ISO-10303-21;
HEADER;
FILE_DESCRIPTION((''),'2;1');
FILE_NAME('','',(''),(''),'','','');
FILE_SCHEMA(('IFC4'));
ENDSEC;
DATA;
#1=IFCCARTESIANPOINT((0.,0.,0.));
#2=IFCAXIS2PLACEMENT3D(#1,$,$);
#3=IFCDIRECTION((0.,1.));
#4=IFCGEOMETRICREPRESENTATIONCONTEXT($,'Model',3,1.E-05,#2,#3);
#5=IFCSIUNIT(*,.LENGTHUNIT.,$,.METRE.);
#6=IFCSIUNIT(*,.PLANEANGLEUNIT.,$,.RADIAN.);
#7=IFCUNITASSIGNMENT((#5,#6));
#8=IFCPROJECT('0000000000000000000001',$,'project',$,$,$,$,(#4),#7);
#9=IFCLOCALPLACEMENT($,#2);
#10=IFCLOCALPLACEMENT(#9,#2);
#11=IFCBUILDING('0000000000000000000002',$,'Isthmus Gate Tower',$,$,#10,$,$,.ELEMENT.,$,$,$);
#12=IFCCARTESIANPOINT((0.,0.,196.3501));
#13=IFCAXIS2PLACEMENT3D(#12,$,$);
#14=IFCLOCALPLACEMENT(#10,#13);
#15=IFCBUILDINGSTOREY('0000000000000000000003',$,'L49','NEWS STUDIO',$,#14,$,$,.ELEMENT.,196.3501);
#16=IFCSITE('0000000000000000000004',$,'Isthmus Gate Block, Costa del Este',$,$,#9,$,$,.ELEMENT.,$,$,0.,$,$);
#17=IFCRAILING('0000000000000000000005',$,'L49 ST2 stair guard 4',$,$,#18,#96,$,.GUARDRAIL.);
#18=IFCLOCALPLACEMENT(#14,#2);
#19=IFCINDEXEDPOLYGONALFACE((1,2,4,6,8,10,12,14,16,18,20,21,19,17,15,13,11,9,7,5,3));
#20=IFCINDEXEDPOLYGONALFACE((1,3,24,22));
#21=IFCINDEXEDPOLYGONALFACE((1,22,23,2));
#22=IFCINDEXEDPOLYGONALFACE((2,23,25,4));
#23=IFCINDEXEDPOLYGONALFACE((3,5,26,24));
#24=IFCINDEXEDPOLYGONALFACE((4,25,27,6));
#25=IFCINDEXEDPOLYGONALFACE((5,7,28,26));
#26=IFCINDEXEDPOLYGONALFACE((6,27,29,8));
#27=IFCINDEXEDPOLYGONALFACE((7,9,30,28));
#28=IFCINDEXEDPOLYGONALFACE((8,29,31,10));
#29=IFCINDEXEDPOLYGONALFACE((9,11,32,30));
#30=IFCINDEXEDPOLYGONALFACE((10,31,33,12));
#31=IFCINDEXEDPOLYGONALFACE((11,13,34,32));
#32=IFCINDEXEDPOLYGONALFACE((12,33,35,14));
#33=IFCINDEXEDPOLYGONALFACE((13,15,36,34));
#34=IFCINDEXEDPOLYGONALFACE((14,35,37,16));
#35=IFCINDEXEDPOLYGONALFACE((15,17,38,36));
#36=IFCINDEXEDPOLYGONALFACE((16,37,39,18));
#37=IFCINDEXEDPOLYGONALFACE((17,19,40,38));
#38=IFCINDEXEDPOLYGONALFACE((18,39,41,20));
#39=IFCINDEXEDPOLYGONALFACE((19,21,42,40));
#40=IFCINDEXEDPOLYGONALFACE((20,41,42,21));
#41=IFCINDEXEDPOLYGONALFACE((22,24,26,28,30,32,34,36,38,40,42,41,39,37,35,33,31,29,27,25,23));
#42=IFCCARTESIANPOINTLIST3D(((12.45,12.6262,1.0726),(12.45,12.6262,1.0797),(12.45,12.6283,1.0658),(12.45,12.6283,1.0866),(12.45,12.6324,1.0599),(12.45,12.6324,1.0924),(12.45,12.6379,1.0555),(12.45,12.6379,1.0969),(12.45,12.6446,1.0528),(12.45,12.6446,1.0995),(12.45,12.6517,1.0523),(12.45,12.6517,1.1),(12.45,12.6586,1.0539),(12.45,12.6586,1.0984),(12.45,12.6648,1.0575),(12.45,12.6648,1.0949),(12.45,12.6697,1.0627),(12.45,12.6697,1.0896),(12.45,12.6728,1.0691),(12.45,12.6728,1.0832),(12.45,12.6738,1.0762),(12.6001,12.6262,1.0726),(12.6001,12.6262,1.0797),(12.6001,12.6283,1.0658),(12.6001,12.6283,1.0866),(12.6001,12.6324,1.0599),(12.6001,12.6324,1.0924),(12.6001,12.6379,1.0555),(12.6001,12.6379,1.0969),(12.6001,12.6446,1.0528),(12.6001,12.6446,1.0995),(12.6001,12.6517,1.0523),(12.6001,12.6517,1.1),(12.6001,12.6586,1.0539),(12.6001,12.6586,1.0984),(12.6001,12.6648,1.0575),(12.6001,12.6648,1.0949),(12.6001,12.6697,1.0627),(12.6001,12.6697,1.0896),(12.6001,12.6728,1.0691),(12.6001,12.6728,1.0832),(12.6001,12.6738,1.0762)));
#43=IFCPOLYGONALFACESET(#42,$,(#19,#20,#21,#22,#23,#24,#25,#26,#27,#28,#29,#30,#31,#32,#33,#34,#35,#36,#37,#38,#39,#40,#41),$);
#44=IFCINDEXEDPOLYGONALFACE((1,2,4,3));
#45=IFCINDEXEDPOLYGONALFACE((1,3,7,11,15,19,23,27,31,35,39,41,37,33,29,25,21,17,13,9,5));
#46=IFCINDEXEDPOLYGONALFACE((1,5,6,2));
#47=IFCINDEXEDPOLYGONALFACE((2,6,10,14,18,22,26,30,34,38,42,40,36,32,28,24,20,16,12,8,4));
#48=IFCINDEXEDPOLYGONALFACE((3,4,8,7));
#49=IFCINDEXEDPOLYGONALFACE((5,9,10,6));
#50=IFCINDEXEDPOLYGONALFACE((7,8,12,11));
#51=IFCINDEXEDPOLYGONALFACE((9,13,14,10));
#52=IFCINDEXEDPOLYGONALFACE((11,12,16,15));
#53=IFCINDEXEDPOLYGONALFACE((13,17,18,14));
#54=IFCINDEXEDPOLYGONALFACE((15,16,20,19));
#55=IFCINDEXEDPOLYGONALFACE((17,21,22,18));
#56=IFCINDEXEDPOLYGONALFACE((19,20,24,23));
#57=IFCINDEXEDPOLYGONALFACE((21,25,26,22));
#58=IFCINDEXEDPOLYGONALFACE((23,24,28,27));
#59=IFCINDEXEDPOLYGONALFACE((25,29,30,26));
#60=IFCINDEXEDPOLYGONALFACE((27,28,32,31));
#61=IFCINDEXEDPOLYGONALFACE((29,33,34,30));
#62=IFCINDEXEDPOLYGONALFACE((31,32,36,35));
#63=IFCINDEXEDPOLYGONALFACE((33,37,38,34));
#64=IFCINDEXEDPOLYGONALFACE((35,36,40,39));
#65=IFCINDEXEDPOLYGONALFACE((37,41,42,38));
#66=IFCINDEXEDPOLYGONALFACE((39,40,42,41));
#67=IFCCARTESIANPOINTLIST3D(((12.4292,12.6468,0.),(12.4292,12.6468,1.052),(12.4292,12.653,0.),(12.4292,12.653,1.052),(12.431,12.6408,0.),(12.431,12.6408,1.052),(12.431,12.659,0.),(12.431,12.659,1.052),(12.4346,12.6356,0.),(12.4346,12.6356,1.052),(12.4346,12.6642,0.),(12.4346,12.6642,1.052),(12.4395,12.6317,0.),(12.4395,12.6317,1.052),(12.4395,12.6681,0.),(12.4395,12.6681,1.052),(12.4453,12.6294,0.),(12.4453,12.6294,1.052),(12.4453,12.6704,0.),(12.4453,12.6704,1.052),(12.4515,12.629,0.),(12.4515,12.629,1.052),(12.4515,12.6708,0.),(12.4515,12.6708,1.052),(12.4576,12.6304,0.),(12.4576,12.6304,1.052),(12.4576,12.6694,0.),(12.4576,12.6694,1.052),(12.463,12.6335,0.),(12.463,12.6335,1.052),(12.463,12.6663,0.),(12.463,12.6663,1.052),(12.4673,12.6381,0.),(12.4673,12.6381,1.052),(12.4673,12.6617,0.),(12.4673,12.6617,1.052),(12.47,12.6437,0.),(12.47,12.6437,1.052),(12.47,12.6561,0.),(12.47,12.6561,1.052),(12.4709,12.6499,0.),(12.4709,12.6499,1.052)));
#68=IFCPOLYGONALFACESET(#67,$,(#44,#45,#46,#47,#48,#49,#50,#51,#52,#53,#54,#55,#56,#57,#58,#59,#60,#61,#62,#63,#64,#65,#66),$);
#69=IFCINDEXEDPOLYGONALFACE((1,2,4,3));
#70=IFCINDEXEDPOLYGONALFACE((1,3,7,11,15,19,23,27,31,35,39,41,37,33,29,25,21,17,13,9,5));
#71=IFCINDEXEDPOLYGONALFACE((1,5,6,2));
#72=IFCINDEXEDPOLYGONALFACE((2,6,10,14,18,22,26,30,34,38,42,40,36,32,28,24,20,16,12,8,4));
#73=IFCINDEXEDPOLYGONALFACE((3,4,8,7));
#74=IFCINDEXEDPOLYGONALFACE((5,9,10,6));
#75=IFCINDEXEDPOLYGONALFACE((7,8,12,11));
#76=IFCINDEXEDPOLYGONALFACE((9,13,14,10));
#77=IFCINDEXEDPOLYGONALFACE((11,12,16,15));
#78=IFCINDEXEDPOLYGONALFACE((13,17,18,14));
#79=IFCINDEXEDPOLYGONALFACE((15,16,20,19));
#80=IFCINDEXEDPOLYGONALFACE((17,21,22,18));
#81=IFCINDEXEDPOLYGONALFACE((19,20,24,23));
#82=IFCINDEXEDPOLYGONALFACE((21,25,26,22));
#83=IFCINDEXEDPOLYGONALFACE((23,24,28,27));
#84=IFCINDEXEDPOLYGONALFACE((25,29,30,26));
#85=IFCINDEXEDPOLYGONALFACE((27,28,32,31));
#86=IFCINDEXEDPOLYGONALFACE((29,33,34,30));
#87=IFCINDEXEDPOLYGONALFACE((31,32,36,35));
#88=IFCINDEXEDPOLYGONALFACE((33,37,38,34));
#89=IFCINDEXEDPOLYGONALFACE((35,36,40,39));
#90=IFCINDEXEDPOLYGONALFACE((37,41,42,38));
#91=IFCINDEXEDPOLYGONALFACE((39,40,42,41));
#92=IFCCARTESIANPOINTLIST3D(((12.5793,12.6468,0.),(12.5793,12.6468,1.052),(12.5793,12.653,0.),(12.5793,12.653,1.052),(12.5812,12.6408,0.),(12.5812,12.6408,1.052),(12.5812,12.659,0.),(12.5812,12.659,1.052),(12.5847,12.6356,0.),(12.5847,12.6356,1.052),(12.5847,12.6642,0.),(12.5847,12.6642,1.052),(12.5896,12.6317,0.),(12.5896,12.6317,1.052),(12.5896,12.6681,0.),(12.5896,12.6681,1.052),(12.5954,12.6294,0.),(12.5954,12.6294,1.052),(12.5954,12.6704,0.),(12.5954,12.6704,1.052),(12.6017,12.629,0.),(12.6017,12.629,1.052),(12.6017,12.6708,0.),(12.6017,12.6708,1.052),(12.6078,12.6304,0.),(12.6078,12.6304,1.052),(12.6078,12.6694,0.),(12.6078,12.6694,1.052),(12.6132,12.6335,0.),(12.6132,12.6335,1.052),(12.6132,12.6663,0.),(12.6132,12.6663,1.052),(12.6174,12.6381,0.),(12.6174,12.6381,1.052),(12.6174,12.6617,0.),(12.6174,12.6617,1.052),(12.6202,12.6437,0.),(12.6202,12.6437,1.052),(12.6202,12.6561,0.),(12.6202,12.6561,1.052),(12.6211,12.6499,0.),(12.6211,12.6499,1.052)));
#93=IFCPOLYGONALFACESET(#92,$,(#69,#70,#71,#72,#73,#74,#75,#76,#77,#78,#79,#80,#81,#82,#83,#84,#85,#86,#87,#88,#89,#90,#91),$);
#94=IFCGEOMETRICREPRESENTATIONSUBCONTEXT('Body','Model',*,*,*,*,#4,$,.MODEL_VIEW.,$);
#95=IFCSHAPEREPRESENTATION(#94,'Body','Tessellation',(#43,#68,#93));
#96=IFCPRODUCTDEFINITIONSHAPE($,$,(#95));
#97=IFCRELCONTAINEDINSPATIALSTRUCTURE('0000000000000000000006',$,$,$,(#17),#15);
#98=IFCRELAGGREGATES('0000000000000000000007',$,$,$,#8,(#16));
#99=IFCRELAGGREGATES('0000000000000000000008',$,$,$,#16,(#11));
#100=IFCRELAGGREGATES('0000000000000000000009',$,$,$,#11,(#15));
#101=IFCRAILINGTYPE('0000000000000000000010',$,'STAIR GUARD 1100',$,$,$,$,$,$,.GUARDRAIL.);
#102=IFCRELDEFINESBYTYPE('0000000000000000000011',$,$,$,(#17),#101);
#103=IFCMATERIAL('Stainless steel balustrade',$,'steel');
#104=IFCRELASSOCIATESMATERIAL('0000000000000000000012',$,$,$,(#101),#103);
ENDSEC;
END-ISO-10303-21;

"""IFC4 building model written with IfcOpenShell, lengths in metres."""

from ifc_helpers import new_model, si_unit, direction, frame, origin, origin_2d, place, context, subcontext, project, spatial, circle, extrude, material, type_object, element, save


model = new_model("IFC4")

# Units and contexts
model_context = context("Model", 3, precision=1e-05, world=origin(), true_north=direction((0.0, 1.0)))
body_context = subcontext(model_context, "Body", "Model", "MODEL_VIEW")
ifc_project = project(units=[si_unit("LENGTHUNIT", "METRE"), si_unit("PLANEANGLEUNIT", "RADIAN")], contexts=[model_context])

# Site, building, storey
site_placement = place(None, origin())
site = spatial("IfcSite", under=ifc_project, at=site_placement, Name="Isthmus Gate Block, Costa del Este", CompositionType="ELEMENT", RefElevation=0.0)
building_placement = place(site_placement, origin())
building = spatial("IfcBuilding", under=site, at=building_placement, Name="Isthmus Gate Tower", CompositionType="ELEMENT")
storey_placement = place(building_placement, frame((0.0, 0.0, 196.3501)))
storey = spatial("IfcBuildingStorey", under=building, at=storey_placement, Name="L49", Description="NEWS STUDIO", CompositionType="ELEMENT", Elevation=196.3501)

# Railing
ifc_material_1 = material(Name="Stainless steel balustrade", Category="steel")
railing_type = type_object("IfcRailingType", Name="STAIR GUARD 1100", PredefinedType="GUARDRAIL", material=ifc_material_1)
railing_placement = place(storey_placement, frame((12.45, 12.6499, 0.0)))
element("IfcRailing", 1, at=railing_placement, inside=storey, type_object=railing_type, Name="L49 ST2 stair guard 4", PredefinedType="GUARDRAIL", context=body_context, shape_type="SweptSolid", body=[
    extrude(circle(Radius=0.0239, at=origin_2d()), frame((0.0, 0.0, 1.0762), z_axis=(1.0, 0.0, 0.0), x_axis=(0.0, 1.0, 0.0)), (0.0, 0.0, 1.0), 0.1501),
    extrude(circle(Radius=0.021, at=origin_2d()), origin(), (0.0, 0.0, 1.0), 1.052),
    extrude(circle(Radius=0.021, at=origin_2d()), frame((0.1501, 0.0, 0.0)), (0.0, 0.0, 1.0), 1.052),
])

save(model, "model.ifc")
